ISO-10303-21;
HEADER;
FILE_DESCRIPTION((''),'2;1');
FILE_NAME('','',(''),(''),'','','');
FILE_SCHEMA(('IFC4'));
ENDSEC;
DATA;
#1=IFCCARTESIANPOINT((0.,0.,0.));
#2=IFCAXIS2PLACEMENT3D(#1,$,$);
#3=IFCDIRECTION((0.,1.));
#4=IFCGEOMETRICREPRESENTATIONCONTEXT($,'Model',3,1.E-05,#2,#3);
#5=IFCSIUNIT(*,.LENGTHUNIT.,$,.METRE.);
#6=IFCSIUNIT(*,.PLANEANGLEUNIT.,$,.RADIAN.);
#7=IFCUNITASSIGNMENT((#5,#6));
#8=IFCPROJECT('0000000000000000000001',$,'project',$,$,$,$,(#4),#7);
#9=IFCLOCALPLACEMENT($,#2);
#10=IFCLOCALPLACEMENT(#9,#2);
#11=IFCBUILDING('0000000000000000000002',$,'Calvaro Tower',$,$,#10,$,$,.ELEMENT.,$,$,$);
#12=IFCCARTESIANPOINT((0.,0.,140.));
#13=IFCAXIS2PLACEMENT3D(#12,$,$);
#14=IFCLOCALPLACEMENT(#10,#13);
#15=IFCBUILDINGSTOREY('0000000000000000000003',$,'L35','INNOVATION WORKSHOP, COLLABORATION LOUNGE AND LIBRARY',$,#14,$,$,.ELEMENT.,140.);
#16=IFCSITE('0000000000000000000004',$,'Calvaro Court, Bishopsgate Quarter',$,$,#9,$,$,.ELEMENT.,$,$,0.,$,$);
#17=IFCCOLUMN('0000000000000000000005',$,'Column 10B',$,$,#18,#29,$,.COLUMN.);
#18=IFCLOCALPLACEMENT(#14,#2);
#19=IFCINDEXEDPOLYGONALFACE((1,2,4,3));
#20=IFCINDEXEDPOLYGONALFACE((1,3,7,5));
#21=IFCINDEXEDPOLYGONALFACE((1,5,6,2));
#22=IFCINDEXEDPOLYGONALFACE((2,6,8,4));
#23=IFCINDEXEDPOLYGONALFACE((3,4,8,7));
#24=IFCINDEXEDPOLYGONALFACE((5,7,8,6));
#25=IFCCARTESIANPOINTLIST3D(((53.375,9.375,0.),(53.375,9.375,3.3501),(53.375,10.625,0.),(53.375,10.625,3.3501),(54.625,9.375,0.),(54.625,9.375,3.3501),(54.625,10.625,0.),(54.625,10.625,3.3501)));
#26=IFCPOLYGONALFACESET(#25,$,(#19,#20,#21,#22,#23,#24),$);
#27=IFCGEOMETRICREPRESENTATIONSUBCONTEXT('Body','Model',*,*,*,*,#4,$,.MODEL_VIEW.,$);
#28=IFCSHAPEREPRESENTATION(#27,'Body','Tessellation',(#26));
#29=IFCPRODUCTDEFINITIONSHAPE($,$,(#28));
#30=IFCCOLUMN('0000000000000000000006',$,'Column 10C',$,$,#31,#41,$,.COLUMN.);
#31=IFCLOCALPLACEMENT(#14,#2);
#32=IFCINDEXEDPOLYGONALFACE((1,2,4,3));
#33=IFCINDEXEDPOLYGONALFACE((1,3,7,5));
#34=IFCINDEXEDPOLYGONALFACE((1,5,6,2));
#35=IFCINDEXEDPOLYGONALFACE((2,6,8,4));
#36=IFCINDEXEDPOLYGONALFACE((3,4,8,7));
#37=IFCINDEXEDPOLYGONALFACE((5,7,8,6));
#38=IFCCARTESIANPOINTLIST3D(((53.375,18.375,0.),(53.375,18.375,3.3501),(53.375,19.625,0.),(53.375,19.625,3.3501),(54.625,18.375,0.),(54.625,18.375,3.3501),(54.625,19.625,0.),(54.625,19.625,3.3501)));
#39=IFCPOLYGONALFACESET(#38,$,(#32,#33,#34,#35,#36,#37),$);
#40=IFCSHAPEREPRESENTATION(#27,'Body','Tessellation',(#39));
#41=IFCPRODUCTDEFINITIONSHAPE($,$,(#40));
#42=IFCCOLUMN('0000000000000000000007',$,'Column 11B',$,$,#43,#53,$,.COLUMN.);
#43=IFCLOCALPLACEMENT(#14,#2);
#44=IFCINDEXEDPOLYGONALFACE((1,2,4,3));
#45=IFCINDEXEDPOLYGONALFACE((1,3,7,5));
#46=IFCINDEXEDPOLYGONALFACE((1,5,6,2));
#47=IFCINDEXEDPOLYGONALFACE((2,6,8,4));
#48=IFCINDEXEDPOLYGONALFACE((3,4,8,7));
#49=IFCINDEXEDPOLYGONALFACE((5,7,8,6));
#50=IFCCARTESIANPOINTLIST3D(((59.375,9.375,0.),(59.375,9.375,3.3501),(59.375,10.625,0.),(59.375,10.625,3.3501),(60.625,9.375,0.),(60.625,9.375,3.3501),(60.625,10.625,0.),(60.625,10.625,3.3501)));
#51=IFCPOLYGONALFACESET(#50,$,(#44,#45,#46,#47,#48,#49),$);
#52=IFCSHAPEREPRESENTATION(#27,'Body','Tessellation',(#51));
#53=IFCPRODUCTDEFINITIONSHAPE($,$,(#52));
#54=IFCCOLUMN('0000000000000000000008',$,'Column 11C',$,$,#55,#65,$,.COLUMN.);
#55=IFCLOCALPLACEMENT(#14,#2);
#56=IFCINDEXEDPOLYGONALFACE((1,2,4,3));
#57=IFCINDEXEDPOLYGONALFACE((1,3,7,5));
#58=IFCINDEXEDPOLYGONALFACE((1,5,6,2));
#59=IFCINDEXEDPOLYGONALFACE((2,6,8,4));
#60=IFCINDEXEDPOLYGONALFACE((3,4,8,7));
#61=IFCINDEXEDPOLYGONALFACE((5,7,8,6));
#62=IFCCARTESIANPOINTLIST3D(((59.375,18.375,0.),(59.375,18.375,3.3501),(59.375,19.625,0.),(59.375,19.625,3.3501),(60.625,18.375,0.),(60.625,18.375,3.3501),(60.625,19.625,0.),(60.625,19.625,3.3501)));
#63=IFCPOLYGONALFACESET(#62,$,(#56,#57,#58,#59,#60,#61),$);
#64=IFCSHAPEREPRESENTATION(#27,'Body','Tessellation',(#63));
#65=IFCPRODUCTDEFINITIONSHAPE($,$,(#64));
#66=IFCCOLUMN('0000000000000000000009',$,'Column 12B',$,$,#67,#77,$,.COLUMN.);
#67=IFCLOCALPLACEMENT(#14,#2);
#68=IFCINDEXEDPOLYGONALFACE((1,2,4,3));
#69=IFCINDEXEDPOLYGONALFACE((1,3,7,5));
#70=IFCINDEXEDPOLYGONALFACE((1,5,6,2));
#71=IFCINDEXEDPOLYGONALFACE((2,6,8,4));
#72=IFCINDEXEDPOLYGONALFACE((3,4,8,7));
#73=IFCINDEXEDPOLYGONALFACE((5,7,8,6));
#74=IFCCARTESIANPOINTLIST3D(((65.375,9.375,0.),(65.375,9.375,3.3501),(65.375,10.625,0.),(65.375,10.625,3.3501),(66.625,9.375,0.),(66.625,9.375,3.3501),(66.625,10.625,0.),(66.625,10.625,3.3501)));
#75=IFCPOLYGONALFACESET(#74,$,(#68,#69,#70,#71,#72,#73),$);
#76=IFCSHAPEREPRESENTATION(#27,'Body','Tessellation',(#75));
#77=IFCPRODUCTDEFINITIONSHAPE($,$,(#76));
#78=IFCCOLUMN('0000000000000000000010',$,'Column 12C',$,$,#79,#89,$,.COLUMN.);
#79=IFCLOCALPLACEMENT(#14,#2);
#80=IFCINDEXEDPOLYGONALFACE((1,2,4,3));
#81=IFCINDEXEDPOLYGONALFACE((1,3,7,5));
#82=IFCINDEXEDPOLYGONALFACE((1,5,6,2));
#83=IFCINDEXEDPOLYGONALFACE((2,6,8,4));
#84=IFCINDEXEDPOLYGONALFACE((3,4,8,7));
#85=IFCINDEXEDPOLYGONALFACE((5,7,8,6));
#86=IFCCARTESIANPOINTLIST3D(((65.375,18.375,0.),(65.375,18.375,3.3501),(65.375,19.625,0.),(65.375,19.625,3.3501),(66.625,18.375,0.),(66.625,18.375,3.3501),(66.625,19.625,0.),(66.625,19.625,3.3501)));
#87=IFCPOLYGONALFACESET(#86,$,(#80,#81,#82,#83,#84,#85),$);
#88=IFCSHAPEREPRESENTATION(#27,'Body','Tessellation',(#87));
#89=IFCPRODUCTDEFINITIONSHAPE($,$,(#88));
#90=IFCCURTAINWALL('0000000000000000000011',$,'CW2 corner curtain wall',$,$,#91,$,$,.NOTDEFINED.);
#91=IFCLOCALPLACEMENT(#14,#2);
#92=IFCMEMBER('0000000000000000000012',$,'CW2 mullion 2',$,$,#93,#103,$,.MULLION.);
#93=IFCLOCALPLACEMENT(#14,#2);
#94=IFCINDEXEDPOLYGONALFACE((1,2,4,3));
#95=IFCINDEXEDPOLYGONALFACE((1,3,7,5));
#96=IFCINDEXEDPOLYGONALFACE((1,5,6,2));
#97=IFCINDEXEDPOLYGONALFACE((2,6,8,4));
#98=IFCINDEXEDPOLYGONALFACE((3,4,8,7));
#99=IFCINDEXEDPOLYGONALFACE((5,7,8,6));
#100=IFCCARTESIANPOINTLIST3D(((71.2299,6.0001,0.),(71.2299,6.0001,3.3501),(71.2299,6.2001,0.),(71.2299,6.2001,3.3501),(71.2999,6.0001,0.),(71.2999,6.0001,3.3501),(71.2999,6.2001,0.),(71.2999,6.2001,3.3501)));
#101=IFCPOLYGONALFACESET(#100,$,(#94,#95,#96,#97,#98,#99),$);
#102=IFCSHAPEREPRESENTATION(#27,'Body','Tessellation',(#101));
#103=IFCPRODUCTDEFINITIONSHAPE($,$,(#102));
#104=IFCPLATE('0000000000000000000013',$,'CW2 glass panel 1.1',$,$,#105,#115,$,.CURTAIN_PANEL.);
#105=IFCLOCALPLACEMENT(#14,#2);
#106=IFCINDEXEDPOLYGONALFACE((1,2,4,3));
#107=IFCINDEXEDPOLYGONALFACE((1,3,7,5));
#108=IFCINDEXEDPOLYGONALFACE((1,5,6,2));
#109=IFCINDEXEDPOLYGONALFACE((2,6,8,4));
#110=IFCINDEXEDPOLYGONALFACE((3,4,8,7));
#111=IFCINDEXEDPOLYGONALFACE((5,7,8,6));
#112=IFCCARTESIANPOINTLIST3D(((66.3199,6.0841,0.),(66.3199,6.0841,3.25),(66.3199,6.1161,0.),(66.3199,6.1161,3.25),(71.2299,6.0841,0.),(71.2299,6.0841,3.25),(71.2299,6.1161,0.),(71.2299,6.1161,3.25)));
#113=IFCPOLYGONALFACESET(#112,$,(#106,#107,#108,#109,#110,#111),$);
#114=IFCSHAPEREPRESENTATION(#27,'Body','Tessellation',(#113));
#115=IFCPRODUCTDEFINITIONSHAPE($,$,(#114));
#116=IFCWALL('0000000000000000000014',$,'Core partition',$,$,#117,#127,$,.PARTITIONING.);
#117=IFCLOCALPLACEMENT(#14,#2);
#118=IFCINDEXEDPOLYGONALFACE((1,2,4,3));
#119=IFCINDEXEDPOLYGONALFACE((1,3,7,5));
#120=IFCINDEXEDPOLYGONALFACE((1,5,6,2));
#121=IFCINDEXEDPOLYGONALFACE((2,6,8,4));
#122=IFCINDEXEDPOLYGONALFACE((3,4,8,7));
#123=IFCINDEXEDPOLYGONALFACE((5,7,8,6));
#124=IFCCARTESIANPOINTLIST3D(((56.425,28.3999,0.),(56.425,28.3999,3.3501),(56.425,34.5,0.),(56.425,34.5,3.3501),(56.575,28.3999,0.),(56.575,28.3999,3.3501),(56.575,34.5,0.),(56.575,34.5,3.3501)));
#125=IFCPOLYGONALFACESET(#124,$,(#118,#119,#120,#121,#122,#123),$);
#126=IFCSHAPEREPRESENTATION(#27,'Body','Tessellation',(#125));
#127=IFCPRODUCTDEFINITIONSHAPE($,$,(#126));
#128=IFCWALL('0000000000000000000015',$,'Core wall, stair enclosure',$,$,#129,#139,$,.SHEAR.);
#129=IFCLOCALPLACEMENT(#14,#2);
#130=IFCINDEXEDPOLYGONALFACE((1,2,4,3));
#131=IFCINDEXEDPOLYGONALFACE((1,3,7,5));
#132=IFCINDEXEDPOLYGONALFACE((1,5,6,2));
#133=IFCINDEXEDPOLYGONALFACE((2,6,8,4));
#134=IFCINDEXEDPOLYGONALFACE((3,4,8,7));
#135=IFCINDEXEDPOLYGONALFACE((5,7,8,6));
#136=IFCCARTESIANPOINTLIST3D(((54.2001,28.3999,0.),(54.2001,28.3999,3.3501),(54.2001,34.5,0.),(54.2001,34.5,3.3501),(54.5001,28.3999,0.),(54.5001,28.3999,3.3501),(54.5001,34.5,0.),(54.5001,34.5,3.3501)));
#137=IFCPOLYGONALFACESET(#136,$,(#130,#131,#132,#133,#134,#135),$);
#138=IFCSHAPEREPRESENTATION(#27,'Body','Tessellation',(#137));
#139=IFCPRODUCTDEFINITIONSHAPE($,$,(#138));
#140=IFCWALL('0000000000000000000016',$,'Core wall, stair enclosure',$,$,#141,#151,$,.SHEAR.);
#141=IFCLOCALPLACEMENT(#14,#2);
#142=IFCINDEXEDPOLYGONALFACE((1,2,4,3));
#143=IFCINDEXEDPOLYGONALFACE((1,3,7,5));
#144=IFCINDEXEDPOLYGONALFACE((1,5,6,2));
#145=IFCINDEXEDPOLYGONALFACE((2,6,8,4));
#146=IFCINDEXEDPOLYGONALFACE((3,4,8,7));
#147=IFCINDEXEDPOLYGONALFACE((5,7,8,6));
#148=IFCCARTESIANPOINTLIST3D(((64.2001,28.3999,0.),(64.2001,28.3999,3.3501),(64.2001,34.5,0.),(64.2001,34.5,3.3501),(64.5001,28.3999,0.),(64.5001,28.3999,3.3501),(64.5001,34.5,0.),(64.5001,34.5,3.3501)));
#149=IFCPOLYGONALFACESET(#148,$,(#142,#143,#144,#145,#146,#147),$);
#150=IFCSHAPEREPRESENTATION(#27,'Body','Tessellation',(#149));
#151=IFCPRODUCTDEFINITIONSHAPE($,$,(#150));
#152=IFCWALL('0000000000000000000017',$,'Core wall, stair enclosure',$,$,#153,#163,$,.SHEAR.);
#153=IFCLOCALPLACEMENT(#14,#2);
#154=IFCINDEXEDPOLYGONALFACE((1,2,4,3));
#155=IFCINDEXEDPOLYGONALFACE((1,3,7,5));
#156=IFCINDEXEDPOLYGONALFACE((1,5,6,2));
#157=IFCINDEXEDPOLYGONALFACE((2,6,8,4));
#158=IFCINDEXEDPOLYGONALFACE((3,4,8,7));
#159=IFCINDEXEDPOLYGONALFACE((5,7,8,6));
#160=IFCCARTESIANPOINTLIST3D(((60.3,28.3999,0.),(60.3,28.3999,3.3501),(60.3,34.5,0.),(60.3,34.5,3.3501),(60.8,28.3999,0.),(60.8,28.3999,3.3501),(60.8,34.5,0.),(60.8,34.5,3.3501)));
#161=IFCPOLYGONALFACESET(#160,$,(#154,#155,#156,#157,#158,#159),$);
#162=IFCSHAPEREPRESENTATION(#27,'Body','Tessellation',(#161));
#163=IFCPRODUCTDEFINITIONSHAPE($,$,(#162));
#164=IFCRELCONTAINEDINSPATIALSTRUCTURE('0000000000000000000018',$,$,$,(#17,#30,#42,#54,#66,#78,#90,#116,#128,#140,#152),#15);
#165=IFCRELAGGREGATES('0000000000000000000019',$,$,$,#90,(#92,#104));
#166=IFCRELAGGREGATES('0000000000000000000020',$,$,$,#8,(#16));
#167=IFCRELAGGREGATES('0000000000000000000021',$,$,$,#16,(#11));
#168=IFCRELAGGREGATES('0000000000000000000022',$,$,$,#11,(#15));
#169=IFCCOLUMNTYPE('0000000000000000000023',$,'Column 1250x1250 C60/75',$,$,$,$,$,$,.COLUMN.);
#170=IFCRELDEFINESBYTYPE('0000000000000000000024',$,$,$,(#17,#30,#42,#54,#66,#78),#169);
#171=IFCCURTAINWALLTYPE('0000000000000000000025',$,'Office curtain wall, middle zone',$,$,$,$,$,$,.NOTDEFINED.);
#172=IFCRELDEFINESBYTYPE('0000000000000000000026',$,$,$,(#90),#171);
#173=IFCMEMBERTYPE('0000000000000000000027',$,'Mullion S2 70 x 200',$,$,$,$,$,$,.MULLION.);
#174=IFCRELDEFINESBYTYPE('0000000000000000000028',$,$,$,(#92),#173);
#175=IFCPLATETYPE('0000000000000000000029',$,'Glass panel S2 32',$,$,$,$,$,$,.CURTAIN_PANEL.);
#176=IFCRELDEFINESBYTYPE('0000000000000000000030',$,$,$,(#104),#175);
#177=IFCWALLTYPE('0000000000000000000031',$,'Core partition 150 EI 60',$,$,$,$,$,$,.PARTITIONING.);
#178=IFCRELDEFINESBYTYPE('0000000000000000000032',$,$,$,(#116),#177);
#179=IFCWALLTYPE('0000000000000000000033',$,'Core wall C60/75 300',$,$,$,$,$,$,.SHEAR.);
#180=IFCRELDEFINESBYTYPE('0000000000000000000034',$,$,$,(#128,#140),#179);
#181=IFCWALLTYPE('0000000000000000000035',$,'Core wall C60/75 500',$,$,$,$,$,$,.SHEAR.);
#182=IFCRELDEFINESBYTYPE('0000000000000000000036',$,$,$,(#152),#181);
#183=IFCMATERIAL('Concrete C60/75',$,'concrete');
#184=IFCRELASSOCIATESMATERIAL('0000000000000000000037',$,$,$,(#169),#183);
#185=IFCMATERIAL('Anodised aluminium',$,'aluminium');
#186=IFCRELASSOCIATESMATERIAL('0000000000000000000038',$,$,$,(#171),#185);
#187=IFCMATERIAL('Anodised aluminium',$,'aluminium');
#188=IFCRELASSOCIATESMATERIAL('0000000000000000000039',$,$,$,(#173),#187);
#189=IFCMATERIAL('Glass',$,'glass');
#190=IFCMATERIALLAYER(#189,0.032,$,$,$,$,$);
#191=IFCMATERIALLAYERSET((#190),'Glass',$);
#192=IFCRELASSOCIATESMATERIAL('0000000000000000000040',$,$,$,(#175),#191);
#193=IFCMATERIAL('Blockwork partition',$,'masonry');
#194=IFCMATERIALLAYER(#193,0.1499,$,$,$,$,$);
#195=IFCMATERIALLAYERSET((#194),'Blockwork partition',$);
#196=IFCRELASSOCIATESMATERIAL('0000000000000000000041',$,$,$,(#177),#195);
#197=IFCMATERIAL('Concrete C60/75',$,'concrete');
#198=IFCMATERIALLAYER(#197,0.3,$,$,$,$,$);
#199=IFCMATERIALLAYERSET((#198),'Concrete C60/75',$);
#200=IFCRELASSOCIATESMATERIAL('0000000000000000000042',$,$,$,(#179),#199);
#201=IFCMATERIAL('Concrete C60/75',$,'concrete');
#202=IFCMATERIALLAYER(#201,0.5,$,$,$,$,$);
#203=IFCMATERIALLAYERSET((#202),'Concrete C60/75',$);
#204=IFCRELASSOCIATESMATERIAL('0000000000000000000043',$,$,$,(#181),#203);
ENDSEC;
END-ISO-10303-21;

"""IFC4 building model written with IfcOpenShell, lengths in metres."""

from ifc_helpers import new_model, si_unit, direction, frame, frame_2d, origin, origin_2d, place, context, subcontext, project, spatial, rectangle, extrude, material, layer, layer_set, material_profile, profile_set, type_object, element, aggregate, save


model = new_model("IFC4")

# Units and contexts
model_context = context("Model", 3, precision=1e-05, world=origin(), true_north=direction((0.0, 1.0)))
body_context = subcontext(model_context, "Body", "Model", "MODEL_VIEW")
ifc_project = project(units=[si_unit("LENGTHUNIT", "METRE"), si_unit("PLANEANGLEUNIT", "RADIAN")], contexts=[model_context])

# Site, building, storey
site_placement = place(None, origin())
site = spatial("IfcSite", under=ifc_project, at=site_placement, Name="Calvaro Court, Bishopsgate Quarter", CompositionType="ELEMENT", RefElevation=0.0)
building_placement = place(site_placement, origin())
building = spatial("IfcBuilding", under=site, at=building_placement, Name="Calvaro Tower", CompositionType="ELEMENT")
storey_placement = place(building_placement, frame((0.0, 0.0, 140.0)))
storey = spatial("IfcBuildingStorey", under=building, at=storey_placement, Name="L35", Description="INNOVATION WORKSHOP, COLLABORATION LOUNGE AND LIBRARY", CompositionType="ELEMENT", Elevation=140.0)

# Columns
ifc_material_1 = material(Name="Concrete C60/75", Category="concrete")
ifc_material_profile_1 = material_profile(ifc_material_1, rectangle(XDim=1.25, YDim=1.25, at=origin_2d()), Name="RC 1250x1250")
ifc_profile_set_1 = profile_set([ifc_material_profile_1], Name="Concrete C60/75")
column_type = type_object("IfcColumnType", Name="Column 1250x1250 C60/75", PredefinedType="COLUMN", material=ifc_profile_set_1)
for number, where, z_axis, x_axis, name in (
    (1, (54.0, 10.0, 0.0), (0.0, 0.0, 1.0), (1.0, 0.0, 0.0), "Column 10B"),
    (2, (54.0, 19.0, 0.0), (0.0, 0.0, 1.0), (1.0, 0.0, 0.0), "Column 10C"),
    (3, (60.0, 10.0, 0.0), (0.0, 0.0, 1.0), (1.0, 0.0, 0.0), "Column 11B"),
    (4, (60.0, 19.0, 0.0), (0.0, 0.0, 1.0), (1.0, 0.0, 0.0), "Column 11C"),
    (5, (66.0, 10.0, 0.0), (0.0, 0.0, 1.0), (1.0, 0.0, 0.0), "Column 12B"),
    (6, (66.0, 19.0, 0.0), (0.0, 0.0, 1.0), (1.0, 0.0, 0.0), "Column 12C"),
):
    element("IfcColumn", number, at=place(storey_placement, frame(where, z_axis=z_axis, x_axis=x_axis)), inside=storey, type_object=column_type, Name=name, PredefinedType="COLUMN", context=body_context, shape_type="SweptSolid", body=[
        extrude(rectangle(XDim=1.25, YDim=1.25, at=origin_2d()), origin(), (0.0, 0.0, 1.0), 3.3501),
    ])

# Curtain wall, member, plate
ifc_material_2 = material(Name="Anodised aluminium", Category="aluminium")
curtain_wall_type = type_object("IfcCurtainWallType", Name="Office curtain wall, middle zone", PredefinedType="NOTDEFINED", material=ifc_material_2)
curtain_wall_placement = place(storey_placement, origin())
curtain_wall = element("IfcCurtainWall", 7, at=curtain_wall_placement, inside=storey, type_object=curtain_wall_type, Name="CW2 corner curtain wall", PredefinedType="NOTDEFINED")
ifc_material_3 = material(Name="Anodised aluminium", Category="aluminium")
ifc_material_profile_2 = material_profile(ifc_material_3, rectangle(XDim=0.2, YDim=0.0701, at=origin_2d()), Name="Mullion S2 70 x 200")
ifc_profile_set_2 = profile_set([ifc_material_profile_2], Name="Anodised aluminium")
member_type = type_object("IfcMemberType", Name="Mullion S2 70 x 200", PredefinedType="MULLION", material=ifc_profile_set_2)
member_placement = place(storey_placement, frame((71.2649, 6.1001, 0.0), z_axis=(0.0, 0.0, 1.0), x_axis=(0.0, 1.0, 0.0)))
member = element("IfcMember", 8, at=member_placement, type_object=member_type, Name="CW2 mullion 2", PredefinedType="MULLION", context=body_context, shape_type="SweptSolid", body=[
    extrude(rectangle(XDim=0.2, YDim=0.0701, at=origin_2d()), origin(), (0.0, 0.0, 1.0), 3.3501),
])
ifc_material_4 = material(Name="Glass", Category="glass")
ifc_layer_1 = layer(ifc_material_4, 0.032)
ifc_layer_set_1 = layer_set([ifc_layer_1], Name="Glass")
plate_type = type_object("IfcPlateType", Name="Glass panel S2 32", PredefinedType="CURTAIN_PANEL", material=ifc_layer_set_1)
plate_placement = place(storey_placement, frame((68.7749, 6.1001, 0.0), z_axis=(0.0, 0.0, 1.0), x_axis=(1.0, 0.0, 0.0)))
plate = element("IfcPlate", 9, at=plate_placement, type_object=plate_type, Name="CW2 glass panel 1.1", PredefinedType="CURTAIN_PANEL", context=body_context, shape_type="SweptSolid", body=[
    extrude(rectangle(XDim=4.9099, YDim=0.032, at=origin_2d()), origin(), (0.0, 0.0, 1.0), 3.25),
])
aggregate(curtain_wall, [member, plate])

# Walls
ifc_material_5 = material(Name="Blockwork partition", Category="masonry")
ifc_layer_2 = layer(ifc_material_5, 0.1499)
ifc_layer_set_2 = layer_set([ifc_layer_2], Name="Blockwork partition")
wall_type_1 = type_object("IfcWallType", Name="Core partition 150 EI 60", PredefinedType="PARTITIONING", material=ifc_layer_set_2)
wall_1_placement = place(storey_placement, frame((56.5, 28.3999, 0.0), z_axis=(0.0, 0.0, 1.0), x_axis=(0.0, 1.0, 0.0)))
element("IfcWall", 10, at=wall_1_placement, inside=storey, type_object=wall_type_1, Name="Core partition", PredefinedType="PARTITIONING", context=body_context, shape_type="SweptSolid", body=[
    extrude(rectangle(XDim=6.1001, YDim=0.1499, at=frame_2d((3.05, 0.0))), origin(), (0.0, 0.0, 1.0), 3.3501),
])
ifc_material_6 = material(Name="Concrete C60/75", Category="concrete")
ifc_layer_3 = layer(ifc_material_6, 0.3)
ifc_layer_set_3 = layer_set([ifc_layer_3], Name="Concrete C60/75")
wall_type_2 = type_object("IfcWallType", Name="Core wall C60/75 300", PredefinedType="SHEAR", material=ifc_layer_set_3)
for number, where, z_axis, x_axis, name in (
    (11, (54.3501, 28.3999, 0.0), (0.0, 0.0, 1.0), (0.0, 1.0, 0.0), "Core wall, stair enclosure"),
    (12, (64.3501, 28.3999, 0.0), (0.0, 0.0, 1.0), (0.0, 1.0, 0.0), "Core wall, stair enclosure"),
):
    element("IfcWall", number, at=place(storey_placement, frame(where, z_axis=z_axis, x_axis=x_axis)), inside=storey, type_object=wall_type_2, Name=name, PredefinedType="SHEAR", context=body_context, shape_type="SweptSolid", body=[
        extrude(rectangle(XDim=6.1001, YDim=0.3, at=frame_2d((3.05, 0.0))), origin(), (0.0, 0.0, 1.0), 3.3501),
    ])
ifc_material_7 = material(Name="Concrete C60/75", Category="concrete")
ifc_layer_4 = layer(ifc_material_7, 0.5)
ifc_layer_set_4 = layer_set([ifc_layer_4], Name="Concrete C60/75")
wall_type_3 = type_object("IfcWallType", Name="Core wall C60/75 500", PredefinedType="SHEAR", material=ifc_layer_set_4)
wall_2_placement = place(storey_placement, frame((60.55, 28.3999, 0.0), z_axis=(0.0, 0.0, 1.0), x_axis=(0.0, 1.0, 0.0)))
element("IfcWall", 13, at=wall_2_placement, inside=storey, type_object=wall_type_3, Name="Core wall, stair enclosure", PredefinedType="SHEAR", context=body_context, shape_type="SweptSolid", body=[
    extrude(rectangle(XDim=6.1001, YDim=0.5, at=frame_2d((3.05, 0.0))), origin(), (0.0, 0.0, 1.0), 3.3501),
])

save(model, "model.ifc")
